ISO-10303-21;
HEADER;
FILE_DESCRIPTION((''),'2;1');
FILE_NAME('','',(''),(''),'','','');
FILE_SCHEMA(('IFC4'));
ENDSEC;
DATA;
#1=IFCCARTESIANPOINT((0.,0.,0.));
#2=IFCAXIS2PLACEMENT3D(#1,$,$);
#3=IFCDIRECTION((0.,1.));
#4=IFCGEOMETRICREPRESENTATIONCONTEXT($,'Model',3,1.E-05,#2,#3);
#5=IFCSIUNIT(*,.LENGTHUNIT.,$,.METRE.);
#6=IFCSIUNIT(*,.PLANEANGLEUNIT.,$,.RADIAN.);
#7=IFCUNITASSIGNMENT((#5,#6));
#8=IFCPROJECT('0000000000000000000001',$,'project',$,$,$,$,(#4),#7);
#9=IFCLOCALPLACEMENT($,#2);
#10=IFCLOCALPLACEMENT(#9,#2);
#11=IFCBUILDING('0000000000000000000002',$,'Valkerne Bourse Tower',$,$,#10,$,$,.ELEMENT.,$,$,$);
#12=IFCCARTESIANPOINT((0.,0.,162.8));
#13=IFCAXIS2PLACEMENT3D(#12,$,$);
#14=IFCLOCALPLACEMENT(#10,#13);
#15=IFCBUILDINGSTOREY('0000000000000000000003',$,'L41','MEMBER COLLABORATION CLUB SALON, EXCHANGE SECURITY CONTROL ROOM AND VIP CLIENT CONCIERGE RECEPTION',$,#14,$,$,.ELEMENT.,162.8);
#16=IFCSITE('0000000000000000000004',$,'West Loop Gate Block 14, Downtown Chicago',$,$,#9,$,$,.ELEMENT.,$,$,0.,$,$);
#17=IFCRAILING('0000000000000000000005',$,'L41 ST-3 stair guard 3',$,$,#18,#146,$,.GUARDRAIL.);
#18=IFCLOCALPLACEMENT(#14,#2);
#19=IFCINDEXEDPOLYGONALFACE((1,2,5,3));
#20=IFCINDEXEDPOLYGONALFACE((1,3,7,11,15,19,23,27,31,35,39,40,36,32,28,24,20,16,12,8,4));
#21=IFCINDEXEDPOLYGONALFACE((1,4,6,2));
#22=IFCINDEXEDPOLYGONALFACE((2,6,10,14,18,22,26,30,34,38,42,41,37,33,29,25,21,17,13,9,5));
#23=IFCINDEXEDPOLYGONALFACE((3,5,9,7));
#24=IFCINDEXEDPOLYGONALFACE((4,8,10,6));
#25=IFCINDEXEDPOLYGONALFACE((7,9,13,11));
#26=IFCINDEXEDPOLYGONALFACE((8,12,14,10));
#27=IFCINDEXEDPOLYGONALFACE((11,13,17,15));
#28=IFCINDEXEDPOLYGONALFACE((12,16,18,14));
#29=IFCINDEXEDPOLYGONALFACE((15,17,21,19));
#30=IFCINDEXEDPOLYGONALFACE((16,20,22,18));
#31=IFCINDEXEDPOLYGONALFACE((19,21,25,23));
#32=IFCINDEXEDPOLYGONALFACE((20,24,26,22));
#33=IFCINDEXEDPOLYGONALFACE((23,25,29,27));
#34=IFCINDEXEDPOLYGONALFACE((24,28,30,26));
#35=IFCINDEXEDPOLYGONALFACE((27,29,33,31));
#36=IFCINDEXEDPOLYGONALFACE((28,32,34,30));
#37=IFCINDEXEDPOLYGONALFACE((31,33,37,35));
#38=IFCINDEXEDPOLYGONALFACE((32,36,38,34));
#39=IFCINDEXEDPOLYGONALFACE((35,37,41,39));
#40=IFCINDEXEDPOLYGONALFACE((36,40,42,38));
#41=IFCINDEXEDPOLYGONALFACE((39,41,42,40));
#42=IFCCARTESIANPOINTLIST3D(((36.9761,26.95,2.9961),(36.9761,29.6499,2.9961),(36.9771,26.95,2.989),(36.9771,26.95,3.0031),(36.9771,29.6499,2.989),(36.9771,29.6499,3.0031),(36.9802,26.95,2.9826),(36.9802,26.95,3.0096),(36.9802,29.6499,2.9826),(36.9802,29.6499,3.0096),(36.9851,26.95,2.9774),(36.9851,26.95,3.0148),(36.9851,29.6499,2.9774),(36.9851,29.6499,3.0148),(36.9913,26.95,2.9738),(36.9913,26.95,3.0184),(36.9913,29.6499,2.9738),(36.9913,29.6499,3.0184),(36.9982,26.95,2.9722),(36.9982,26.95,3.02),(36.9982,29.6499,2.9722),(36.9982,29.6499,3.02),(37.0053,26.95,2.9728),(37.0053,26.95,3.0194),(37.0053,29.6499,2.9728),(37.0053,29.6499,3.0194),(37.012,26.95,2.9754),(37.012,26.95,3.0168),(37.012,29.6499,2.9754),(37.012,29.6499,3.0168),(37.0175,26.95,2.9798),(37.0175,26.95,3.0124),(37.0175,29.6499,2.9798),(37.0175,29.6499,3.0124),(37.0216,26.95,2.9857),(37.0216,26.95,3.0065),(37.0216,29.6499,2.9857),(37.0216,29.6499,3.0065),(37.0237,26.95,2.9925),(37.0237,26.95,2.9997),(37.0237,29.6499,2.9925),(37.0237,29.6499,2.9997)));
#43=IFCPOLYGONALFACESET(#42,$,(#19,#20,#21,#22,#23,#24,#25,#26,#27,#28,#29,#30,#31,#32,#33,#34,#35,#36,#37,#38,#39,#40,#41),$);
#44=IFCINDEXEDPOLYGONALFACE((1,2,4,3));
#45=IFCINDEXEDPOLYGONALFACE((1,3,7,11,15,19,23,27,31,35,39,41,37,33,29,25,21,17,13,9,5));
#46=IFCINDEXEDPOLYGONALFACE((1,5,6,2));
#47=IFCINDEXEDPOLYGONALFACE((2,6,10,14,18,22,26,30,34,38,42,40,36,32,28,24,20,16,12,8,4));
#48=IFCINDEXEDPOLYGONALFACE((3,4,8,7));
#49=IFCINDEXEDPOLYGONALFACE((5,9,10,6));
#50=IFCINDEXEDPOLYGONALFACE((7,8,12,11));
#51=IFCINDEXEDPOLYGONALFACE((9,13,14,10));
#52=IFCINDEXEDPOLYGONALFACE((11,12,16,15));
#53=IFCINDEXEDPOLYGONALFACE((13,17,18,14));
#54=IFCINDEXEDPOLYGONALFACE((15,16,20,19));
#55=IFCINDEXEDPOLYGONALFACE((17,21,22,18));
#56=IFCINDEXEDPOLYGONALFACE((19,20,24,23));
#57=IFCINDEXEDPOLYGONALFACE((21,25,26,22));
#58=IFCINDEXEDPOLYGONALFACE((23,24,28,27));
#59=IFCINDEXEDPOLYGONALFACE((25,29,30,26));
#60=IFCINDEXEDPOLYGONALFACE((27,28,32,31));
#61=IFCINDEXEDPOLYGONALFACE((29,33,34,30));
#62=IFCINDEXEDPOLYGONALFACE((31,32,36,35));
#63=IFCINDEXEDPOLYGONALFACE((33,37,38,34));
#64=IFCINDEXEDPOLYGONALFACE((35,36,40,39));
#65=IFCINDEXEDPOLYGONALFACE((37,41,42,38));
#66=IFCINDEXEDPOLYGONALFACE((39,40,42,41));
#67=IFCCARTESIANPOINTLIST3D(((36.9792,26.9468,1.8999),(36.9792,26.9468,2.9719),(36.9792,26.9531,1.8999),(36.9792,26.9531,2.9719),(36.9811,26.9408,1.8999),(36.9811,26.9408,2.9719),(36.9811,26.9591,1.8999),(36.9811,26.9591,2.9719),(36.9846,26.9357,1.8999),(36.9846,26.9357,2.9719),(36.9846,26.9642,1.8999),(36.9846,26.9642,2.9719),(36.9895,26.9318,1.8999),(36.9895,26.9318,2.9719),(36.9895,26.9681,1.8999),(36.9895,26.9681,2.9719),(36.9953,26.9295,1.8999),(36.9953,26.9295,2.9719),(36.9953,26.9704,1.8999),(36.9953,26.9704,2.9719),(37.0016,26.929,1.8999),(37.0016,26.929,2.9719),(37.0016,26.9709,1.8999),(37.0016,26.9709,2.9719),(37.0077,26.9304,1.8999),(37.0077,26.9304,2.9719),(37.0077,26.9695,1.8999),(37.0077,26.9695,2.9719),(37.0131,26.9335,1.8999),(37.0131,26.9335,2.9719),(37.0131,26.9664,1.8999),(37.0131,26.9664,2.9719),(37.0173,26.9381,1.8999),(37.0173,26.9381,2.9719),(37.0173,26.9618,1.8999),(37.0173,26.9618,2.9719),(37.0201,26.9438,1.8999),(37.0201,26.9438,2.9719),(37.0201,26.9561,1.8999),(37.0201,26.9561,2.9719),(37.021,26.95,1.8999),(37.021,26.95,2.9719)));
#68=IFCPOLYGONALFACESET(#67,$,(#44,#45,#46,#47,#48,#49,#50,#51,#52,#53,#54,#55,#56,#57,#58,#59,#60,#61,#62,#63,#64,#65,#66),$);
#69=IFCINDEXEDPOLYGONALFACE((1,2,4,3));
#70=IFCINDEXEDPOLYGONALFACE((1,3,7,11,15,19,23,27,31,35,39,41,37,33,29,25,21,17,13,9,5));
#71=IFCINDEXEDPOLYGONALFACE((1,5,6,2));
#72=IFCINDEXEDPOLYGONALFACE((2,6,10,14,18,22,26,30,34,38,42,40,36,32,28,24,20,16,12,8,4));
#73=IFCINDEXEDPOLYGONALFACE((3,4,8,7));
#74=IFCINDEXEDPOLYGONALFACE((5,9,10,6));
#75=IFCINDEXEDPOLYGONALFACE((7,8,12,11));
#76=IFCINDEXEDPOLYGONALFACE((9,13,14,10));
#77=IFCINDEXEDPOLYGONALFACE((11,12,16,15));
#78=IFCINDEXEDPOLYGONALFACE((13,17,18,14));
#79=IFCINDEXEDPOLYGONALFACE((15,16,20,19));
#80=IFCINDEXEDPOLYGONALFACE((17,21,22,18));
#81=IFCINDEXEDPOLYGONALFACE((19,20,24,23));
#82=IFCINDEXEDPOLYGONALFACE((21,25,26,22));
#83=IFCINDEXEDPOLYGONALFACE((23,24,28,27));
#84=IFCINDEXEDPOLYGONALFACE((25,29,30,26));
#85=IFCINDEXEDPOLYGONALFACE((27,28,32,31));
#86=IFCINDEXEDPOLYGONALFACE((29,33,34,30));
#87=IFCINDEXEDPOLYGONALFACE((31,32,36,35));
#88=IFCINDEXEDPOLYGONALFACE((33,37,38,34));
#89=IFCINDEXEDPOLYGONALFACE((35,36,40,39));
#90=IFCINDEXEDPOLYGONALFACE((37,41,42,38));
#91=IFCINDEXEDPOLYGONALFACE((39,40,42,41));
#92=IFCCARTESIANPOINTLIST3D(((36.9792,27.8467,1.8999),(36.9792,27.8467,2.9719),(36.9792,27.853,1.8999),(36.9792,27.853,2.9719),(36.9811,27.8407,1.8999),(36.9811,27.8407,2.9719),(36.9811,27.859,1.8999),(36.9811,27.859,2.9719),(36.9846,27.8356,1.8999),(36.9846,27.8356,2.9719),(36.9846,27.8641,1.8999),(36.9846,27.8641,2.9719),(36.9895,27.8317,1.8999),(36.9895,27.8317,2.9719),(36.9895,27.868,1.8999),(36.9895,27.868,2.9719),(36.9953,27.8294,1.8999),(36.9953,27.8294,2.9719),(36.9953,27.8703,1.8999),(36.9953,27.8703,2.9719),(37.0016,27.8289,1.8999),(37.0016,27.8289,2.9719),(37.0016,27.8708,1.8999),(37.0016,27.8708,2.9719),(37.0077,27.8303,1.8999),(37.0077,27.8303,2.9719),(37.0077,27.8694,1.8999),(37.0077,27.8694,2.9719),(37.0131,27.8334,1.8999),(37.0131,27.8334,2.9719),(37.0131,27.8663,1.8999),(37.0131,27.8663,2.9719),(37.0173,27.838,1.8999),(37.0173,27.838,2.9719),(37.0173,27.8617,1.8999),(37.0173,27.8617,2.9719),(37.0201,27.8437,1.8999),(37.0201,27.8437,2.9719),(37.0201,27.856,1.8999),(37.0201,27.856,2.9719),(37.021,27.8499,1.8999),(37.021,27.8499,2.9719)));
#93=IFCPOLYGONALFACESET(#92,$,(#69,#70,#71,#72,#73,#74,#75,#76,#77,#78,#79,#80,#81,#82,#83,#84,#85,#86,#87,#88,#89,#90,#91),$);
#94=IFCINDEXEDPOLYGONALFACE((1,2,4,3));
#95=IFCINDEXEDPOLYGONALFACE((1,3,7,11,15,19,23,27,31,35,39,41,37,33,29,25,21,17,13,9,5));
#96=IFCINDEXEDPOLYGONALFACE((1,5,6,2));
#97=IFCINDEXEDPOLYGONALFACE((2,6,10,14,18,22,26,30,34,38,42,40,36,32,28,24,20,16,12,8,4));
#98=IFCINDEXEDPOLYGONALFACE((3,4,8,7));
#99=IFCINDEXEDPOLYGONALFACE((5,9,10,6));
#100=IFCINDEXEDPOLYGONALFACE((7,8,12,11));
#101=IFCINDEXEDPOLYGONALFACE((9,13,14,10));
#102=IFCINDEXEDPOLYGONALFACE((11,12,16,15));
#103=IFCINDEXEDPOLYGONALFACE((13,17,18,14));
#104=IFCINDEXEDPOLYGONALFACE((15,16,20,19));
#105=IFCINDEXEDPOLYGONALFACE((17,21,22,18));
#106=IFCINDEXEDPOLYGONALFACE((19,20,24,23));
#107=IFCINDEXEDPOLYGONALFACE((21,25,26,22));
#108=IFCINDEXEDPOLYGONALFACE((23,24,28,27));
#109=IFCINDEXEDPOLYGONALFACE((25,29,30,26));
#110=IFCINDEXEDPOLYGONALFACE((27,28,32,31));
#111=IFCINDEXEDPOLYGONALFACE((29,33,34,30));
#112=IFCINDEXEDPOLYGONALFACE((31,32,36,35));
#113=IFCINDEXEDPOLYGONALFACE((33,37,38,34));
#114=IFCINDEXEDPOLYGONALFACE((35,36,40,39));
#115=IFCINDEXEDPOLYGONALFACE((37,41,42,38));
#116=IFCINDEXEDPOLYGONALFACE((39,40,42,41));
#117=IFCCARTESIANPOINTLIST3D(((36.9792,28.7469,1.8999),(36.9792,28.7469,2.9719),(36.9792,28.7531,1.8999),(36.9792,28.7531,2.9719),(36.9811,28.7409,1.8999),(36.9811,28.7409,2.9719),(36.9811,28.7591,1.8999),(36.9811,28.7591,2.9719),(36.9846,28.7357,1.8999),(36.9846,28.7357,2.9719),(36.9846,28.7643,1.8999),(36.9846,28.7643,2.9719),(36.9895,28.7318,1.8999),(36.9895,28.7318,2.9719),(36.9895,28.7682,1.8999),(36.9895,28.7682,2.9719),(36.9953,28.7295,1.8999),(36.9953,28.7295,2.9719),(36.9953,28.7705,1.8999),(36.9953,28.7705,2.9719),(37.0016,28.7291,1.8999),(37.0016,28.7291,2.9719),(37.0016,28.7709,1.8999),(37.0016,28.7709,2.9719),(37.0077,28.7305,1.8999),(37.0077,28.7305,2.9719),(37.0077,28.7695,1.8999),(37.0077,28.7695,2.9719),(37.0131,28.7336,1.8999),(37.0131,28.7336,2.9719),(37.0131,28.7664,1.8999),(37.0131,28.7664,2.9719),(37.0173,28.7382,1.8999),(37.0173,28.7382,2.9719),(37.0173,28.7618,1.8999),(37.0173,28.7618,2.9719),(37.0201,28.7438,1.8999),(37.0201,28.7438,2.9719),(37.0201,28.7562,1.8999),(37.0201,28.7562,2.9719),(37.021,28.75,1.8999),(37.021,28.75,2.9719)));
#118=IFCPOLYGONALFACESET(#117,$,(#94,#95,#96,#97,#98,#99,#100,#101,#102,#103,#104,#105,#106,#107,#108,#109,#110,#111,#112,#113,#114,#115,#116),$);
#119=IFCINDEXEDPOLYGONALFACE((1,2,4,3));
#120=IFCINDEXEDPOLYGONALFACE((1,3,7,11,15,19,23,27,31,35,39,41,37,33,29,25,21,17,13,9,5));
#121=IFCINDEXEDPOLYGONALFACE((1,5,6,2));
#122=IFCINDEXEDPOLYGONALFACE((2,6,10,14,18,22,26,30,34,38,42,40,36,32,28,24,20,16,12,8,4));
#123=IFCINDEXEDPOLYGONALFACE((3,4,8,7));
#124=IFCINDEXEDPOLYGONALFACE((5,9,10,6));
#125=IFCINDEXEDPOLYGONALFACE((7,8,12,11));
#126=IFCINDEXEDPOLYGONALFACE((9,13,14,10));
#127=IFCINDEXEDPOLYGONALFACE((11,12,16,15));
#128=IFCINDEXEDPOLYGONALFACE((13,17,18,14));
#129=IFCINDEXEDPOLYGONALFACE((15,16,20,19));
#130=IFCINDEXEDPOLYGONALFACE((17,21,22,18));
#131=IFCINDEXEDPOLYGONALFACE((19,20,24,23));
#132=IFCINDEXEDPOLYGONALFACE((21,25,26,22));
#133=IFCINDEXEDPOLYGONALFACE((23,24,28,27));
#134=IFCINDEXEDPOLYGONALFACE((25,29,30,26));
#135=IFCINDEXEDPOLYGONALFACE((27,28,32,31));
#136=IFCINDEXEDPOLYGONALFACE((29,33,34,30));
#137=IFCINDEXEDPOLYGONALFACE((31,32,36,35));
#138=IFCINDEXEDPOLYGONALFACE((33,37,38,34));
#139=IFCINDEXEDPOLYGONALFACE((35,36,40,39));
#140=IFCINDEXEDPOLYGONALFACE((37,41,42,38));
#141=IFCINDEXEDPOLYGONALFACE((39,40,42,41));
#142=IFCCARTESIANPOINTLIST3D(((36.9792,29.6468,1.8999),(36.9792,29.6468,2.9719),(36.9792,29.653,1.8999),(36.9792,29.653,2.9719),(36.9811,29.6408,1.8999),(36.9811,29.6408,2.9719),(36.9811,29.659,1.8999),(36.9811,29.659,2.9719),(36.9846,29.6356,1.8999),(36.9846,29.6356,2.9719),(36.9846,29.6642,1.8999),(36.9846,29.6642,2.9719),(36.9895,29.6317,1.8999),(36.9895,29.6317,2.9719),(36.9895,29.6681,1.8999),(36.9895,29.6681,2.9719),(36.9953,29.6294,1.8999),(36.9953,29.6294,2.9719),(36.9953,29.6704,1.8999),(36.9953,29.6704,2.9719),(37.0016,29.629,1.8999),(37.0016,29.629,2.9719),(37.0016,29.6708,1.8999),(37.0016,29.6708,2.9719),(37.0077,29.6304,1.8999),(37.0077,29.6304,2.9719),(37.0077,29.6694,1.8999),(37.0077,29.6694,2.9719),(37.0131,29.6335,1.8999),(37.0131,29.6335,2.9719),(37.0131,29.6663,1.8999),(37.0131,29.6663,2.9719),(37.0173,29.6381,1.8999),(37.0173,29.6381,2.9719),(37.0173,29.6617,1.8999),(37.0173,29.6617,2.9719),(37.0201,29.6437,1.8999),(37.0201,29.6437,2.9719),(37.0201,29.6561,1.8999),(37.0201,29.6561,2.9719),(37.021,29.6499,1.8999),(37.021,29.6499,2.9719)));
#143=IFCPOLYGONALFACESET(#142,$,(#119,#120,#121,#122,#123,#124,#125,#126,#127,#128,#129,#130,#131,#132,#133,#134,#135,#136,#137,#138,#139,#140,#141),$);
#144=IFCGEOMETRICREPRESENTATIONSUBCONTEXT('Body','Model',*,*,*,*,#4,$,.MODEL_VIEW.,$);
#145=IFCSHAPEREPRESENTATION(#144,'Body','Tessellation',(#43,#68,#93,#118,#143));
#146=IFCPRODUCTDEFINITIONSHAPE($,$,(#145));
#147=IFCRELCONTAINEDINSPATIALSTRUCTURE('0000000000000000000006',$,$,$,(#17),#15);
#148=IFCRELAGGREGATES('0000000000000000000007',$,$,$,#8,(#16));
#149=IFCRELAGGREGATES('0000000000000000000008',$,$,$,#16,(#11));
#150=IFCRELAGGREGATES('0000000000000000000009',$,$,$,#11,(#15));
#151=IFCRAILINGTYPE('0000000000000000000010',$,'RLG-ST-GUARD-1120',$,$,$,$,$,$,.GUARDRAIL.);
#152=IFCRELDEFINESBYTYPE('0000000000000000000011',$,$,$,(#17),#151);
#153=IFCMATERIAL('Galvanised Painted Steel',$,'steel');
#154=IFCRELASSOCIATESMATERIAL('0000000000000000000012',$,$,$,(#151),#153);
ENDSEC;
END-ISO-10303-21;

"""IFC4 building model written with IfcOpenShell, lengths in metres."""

from ifc_helpers import new_model, si_unit, direction, frame, origin, origin_2d, place, context, subcontext, project, spatial, circle, extrude, material, type_object, element, save


model = new_model("IFC4")

# Units and contexts
model_context = context("Model", 3, precision=1e-05, world=origin(), true_north=direction((0.0, 1.0)))
body_context = subcontext(model_context, "Body", "Model", "MODEL_VIEW")
ifc_project = project(units=[si_unit("LENGTHUNIT", "METRE"), si_unit("PLANEANGLEUNIT", "RADIAN")], contexts=[model_context])

# Site, building, storey
site_placement = place(None, origin())
site = spatial("IfcSite", under=ifc_project, at=site_placement, Name="West Loop Gate Block 14, Downtown Chicago", CompositionType="ELEMENT", RefElevation=0.0)
building_placement = place(site_placement, origin())
building = spatial("IfcBuilding", under=site, at=building_placement, Name="Valkerne Bourse Tower", CompositionType="ELEMENT")
storey_placement = place(building_placement, frame((0.0, 0.0, 162.8)))
storey = spatial("IfcBuildingStorey", under=building, at=storey_placement, Name="L41", Description="MEMBER COLLABORATION CLUB SALON, EXCHANGE SECURITY CONTROL ROOM AND VIP CLIENT CONCIERGE RECEPTION", CompositionType="ELEMENT", Elevation=162.8)

# Railing
ifc_material_1 = material(Name="Galvanised Painted Steel", Category="steel")
railing_type_1 = type_object("IfcRailingType", Name="RLG-ST-GUARD-1120", PredefinedType="GUARDRAIL", material=ifc_material_1)
for number, where, name in (
    (1, (37.0, 26.95, 1.8999), "L41 ST-3 stair guard 3"),
):
    element("IfcRailing", number, at=place(storey_placement, frame(where)), inside=storey, type_object=railing_type_1, Name=name, PredefinedType="GUARDRAIL", context=body_context, shape_type="SweptSolid", body=[
        extrude(circle(Radius=0.0239, at=origin_2d()), frame((0.0, 0.0, 1.0962), z_axis=(0.0, 1.0, 0.0), x_axis=(-1.0, 0.0, 0.0)), (0.0, 0.0, 1.0), 2.7),
        extrude(circle(Radius=0.021, at=origin_2d()), origin(), (0.0, 0.0, 1.0), 1.072),
        extrude(circle(Radius=0.021, at=origin_2d()), frame((0.0, 0.8999, 0.0)), (0.0, 0.0, 1.0), 1.072),
        extrude(circle(Radius=0.021, at=origin_2d()), frame((0.0, 1.8, 0.0)), (0.0, 0.0, 1.0), 1.072),
        extrude(circle(Radius=0.021, at=origin_2d()), frame((0.0, 2.7, 0.0)), (0.0, 0.0, 1.0), 1.072),
    ])

save(model, "model.ifc")
